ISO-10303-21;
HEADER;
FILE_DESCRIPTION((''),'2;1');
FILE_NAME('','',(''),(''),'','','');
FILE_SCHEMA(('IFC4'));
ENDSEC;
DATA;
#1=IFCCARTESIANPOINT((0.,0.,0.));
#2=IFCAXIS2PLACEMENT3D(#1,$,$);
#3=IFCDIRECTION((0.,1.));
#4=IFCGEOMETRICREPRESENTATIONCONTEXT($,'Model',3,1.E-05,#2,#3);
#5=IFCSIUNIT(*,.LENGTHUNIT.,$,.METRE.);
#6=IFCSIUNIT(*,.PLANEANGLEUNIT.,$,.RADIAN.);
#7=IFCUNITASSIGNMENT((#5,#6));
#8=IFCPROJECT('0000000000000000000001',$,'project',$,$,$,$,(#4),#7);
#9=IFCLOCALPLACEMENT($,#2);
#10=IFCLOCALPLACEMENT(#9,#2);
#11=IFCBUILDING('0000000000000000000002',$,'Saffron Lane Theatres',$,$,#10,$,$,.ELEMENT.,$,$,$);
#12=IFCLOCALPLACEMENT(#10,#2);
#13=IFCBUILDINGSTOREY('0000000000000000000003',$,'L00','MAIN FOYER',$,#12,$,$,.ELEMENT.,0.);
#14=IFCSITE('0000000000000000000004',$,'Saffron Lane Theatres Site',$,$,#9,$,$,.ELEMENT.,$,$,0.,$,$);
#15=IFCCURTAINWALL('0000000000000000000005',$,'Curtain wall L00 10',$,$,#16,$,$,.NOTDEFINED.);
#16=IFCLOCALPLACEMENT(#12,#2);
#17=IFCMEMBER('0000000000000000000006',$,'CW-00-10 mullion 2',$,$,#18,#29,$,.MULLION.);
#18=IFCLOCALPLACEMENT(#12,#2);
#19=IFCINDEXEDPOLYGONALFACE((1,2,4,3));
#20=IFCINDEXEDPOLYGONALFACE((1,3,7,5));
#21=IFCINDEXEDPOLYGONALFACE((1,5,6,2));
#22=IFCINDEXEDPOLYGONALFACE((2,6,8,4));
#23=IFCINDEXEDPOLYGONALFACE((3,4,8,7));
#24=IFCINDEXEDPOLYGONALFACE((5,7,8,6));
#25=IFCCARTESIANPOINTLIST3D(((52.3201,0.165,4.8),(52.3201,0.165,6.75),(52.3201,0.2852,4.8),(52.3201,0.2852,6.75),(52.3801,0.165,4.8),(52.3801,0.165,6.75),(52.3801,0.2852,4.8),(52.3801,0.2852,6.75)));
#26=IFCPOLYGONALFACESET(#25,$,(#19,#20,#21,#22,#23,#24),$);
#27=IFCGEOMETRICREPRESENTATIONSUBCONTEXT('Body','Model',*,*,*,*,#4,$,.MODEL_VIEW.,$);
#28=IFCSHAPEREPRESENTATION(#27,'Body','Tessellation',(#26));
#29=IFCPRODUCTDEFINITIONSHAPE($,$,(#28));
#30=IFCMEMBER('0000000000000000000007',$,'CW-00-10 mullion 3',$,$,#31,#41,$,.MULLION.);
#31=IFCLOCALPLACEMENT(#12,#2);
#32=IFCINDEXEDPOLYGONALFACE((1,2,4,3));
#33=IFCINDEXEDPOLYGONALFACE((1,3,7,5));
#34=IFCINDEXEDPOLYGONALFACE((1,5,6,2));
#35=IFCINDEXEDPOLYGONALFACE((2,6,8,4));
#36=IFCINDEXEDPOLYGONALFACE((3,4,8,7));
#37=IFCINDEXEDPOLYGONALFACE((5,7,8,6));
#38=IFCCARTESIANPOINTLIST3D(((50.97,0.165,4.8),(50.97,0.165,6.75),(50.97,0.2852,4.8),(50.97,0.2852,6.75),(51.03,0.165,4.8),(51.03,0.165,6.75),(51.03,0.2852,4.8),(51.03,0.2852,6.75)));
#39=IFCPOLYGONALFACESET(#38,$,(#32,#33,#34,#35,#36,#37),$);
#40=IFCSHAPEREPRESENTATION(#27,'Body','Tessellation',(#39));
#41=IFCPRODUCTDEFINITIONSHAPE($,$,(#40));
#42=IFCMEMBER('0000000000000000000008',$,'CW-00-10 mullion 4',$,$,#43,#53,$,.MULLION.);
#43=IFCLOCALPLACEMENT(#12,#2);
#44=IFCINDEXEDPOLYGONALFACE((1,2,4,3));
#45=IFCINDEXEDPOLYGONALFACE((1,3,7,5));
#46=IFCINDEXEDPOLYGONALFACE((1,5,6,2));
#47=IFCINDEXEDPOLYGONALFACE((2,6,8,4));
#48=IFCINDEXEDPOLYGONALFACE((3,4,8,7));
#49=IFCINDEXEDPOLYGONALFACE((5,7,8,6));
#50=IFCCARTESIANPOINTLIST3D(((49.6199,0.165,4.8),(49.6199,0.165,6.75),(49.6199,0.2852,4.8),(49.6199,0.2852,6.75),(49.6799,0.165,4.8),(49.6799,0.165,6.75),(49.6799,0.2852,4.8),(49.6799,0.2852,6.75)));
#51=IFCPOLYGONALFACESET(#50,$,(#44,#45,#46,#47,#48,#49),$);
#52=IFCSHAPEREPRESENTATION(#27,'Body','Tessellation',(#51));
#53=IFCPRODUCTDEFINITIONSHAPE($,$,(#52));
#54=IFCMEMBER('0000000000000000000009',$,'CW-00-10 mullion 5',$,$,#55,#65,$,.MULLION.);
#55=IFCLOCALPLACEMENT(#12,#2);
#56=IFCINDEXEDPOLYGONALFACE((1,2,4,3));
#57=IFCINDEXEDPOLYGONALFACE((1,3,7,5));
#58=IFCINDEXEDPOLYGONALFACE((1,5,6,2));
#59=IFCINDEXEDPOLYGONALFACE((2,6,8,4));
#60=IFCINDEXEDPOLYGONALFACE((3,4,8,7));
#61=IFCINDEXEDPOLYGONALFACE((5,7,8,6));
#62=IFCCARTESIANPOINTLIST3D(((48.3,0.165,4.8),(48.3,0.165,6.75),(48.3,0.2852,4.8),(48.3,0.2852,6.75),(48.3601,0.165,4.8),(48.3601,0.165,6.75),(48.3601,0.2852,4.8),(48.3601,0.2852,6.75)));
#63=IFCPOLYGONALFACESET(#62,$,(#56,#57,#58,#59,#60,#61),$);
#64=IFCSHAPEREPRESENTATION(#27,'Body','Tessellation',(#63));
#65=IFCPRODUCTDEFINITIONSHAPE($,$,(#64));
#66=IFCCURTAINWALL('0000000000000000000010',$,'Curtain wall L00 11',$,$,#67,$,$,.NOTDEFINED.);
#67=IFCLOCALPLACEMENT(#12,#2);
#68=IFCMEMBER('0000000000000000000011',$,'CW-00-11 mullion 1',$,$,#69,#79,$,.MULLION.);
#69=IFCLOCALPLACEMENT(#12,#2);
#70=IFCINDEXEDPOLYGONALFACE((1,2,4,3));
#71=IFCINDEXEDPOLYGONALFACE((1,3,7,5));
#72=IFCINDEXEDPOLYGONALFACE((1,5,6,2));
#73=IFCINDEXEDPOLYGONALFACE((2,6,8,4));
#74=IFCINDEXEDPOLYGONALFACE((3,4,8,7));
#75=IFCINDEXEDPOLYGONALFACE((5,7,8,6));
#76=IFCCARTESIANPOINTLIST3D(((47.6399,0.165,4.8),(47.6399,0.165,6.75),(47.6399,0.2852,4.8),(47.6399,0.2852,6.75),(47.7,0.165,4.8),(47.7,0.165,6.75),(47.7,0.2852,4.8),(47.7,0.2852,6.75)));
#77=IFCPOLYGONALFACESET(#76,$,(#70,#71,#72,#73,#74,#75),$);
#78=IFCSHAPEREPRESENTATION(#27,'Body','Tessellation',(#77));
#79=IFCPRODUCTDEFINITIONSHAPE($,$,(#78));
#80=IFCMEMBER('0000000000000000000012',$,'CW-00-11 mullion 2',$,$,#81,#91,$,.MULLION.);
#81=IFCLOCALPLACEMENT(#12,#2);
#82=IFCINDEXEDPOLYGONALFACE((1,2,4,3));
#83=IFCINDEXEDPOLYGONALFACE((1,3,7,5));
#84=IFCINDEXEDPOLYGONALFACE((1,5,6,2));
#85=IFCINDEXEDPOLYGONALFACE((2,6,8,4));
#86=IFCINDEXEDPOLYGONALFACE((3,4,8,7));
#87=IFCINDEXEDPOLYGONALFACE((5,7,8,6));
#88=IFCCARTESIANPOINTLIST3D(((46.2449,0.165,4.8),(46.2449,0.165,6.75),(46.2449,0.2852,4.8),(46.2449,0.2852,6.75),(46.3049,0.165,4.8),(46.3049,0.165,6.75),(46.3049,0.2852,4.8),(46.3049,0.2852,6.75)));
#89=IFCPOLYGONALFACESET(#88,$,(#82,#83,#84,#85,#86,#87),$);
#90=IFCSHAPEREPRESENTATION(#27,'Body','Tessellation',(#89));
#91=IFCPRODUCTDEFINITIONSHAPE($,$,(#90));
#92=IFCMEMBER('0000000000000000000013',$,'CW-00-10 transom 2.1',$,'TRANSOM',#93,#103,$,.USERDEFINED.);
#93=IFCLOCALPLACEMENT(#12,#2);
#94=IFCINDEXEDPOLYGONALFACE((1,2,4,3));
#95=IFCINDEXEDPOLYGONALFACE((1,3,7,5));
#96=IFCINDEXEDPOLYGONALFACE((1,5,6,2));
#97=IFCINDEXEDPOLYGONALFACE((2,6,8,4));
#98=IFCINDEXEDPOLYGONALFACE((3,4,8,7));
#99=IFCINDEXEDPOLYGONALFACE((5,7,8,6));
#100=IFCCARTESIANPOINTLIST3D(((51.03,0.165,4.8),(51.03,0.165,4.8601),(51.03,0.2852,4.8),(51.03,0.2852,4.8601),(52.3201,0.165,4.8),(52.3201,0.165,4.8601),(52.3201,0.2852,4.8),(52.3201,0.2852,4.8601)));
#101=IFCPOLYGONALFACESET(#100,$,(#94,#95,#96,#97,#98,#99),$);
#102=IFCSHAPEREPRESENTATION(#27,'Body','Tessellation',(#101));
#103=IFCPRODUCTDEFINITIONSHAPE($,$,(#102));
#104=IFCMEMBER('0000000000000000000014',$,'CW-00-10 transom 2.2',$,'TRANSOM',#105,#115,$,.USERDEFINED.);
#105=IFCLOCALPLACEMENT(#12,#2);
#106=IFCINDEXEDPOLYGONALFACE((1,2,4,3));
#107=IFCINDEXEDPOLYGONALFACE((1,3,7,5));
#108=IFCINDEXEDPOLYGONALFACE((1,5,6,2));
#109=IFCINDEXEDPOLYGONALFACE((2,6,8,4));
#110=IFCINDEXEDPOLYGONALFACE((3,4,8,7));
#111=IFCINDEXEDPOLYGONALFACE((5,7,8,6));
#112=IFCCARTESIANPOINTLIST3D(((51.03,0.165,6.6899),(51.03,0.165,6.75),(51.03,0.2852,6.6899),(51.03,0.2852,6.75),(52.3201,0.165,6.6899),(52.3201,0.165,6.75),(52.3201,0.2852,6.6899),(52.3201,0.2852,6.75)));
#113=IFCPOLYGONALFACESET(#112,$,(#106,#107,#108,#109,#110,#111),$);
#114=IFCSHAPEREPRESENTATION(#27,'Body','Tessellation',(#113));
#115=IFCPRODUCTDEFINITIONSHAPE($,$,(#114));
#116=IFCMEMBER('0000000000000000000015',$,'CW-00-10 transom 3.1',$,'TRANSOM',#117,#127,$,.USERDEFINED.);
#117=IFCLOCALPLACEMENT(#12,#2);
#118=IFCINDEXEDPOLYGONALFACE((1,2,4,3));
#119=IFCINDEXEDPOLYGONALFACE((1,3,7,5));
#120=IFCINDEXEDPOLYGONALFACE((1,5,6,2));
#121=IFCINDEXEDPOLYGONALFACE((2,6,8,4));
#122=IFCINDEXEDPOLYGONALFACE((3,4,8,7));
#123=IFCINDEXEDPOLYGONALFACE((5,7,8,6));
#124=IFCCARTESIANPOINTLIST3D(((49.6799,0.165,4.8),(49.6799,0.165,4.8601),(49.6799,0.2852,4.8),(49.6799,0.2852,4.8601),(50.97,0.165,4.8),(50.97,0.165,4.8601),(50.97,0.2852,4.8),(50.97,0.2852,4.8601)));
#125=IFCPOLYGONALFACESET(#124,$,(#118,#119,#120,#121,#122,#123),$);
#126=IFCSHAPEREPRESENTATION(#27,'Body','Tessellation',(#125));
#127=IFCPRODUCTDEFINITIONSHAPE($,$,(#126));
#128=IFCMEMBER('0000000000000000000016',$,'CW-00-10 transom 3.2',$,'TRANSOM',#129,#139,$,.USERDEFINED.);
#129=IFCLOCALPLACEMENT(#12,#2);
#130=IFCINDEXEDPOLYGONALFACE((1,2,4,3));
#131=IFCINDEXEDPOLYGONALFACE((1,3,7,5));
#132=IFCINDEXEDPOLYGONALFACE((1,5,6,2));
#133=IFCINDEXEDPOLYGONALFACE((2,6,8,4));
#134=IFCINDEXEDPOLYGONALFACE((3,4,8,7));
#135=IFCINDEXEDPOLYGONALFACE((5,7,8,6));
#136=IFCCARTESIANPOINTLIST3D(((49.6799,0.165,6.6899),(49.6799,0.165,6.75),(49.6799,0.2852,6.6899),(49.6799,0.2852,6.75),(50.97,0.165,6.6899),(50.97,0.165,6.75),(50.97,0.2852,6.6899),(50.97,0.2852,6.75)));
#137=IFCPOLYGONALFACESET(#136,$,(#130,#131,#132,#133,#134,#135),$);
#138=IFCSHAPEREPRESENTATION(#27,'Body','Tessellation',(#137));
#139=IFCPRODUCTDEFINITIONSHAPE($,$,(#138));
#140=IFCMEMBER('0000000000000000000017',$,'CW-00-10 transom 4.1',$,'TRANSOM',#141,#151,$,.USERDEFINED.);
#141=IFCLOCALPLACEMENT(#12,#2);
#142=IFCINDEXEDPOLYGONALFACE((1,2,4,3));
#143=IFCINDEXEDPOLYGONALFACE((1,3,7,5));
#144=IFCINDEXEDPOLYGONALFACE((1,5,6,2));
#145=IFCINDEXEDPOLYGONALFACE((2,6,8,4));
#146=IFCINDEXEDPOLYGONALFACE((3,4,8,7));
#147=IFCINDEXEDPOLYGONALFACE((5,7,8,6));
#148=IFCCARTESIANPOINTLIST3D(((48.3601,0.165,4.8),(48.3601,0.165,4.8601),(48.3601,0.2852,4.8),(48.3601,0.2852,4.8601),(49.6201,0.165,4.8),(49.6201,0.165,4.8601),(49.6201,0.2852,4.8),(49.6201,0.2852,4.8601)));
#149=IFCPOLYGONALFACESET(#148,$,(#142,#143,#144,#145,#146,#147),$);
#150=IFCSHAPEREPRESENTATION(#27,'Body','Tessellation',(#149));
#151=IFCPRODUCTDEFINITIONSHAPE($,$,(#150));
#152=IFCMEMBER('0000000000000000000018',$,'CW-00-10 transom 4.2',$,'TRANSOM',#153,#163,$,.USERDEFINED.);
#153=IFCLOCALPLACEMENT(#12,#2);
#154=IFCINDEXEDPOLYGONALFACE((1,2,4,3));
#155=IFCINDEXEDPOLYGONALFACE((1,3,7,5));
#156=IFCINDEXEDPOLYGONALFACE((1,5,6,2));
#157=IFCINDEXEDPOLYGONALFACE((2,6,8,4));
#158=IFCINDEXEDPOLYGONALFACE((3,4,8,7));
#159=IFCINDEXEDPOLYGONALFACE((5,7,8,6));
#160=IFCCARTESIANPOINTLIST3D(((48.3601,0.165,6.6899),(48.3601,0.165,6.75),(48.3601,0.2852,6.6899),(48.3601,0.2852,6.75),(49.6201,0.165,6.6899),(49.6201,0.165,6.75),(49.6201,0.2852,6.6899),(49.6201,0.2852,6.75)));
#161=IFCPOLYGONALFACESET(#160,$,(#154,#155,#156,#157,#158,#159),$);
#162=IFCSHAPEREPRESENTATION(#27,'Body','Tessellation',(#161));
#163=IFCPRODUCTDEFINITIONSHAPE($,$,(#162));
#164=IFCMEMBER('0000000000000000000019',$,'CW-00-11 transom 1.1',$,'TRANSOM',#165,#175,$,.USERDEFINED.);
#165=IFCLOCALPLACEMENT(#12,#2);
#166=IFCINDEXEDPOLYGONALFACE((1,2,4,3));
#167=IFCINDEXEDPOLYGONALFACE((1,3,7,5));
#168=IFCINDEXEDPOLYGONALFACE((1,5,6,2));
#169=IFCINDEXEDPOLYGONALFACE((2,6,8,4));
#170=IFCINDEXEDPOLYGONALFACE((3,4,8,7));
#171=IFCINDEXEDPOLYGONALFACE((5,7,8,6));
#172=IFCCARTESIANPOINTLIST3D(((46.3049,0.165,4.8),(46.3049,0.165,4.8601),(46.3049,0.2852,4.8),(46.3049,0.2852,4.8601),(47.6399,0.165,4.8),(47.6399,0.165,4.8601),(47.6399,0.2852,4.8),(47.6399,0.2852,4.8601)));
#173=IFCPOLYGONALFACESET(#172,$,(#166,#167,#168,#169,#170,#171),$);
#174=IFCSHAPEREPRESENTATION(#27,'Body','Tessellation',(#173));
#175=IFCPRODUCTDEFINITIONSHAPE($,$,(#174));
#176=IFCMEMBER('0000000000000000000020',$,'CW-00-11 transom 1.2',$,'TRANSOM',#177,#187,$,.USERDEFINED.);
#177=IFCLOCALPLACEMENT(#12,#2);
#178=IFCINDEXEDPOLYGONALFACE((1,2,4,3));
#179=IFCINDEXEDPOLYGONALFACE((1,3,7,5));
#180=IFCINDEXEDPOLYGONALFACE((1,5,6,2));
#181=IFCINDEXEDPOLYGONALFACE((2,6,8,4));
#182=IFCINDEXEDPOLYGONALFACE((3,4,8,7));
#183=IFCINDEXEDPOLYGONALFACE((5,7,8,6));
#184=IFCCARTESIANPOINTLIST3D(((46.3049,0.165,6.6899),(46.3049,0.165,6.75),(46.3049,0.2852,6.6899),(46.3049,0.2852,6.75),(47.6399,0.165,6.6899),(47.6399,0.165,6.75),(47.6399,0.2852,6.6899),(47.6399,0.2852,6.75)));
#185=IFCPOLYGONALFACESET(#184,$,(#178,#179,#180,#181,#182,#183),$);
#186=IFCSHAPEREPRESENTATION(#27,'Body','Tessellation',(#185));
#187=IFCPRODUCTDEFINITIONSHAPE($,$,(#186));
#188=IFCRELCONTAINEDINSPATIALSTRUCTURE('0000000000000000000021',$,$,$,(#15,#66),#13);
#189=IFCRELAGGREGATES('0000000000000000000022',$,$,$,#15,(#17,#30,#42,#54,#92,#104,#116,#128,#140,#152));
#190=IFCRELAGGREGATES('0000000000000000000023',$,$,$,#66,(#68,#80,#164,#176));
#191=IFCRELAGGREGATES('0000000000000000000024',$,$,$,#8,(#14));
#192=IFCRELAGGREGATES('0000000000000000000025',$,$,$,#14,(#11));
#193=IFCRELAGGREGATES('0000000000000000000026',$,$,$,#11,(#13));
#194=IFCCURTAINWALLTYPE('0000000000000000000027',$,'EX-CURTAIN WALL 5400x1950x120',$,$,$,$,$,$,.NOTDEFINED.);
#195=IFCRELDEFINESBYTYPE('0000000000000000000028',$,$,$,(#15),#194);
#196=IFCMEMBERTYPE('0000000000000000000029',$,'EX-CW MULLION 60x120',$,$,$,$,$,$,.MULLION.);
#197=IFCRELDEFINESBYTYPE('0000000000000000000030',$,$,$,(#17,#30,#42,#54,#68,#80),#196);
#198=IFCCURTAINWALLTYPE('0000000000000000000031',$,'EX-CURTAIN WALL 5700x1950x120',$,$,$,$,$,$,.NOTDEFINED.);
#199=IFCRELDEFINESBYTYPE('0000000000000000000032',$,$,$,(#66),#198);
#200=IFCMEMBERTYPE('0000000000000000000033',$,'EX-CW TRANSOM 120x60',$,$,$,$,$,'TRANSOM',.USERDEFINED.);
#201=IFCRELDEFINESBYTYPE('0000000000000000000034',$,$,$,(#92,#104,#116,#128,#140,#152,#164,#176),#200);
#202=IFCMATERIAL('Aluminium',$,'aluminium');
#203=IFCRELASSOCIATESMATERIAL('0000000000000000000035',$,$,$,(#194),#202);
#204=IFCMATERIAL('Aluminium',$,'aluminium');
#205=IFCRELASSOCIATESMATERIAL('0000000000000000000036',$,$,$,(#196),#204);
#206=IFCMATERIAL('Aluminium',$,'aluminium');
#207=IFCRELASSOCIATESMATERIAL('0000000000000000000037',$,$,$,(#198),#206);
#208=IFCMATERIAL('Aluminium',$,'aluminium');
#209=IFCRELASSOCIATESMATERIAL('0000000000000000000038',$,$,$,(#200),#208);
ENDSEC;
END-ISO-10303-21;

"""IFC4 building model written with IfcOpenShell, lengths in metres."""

from ifc_helpers import new_model, si_unit, direction, frame, origin, origin_2d, place, context, subcontext, project, spatial, rectangle, extrude, material, material_profile, profile_set, type_object, element, aggregate, save


model = new_model("IFC4")

# Units and contexts
model_context = context("Model", 3, precision=1e-05, world=origin(), true_north=direction((0.0, 1.0)))
body_context = subcontext(model_context, "Body", "Model", "MODEL_VIEW")
ifc_project = project(units=[si_unit("LENGTHUNIT", "METRE"), si_unit("PLANEANGLEUNIT", "RADIAN")], contexts=[model_context])

# Site, building, storey
site_placement = place(None, origin())
site = spatial("IfcSite", under=ifc_project, at=site_placement, Name="Saffron Lane Theatres Site", CompositionType="ELEMENT", RefElevation=0.0)
building_placement = place(site_placement, origin())
building = spatial("IfcBuilding", under=site, at=building_placement, Name="Saffron Lane Theatres", CompositionType="ELEMENT")
storey_placement = place(building_placement, origin())
storey = spatial("IfcBuildingStorey", under=building, at=storey_placement, Name="L00", Description="MAIN FOYER", CompositionType="ELEMENT", Elevation=0.0)

# Curtain walls, members
ifc_material_1 = material(Name="Aluminium", Category="aluminium")
curtain_wall_type_1 = type_object("IfcCurtainWallType", Name="EX-CURTAIN WALL 5400x1950x120", PredefinedType="NOTDEFINED", material=ifc_material_1)
curtain_wall_1_placement = place(storey_placement, origin())
curtain_wall_1 = element("IfcCurtainWall", 1, at=curtain_wall_1_placement, inside=storey, type_object=curtain_wall_type_1, Name="Curtain wall L00 10", PredefinedType="NOTDEFINED")
ifc_material_2 = material(Name="Aluminium", Category="aluminium")
ifc_material_profile_1 = material_profile(ifc_material_2, rectangle(XDim=0.0601, YDim=0.1201, at=origin_2d()))
ifc_profile_set_1 = profile_set([ifc_material_profile_1], Name="Aluminium")
member_type_1 = type_object("IfcMemberType", Name="EX-CW MULLION 60x120", PredefinedType="MULLION", material=ifc_profile_set_1)
member_1_placement = place(storey_placement, frame((52.3501, 0.2251, 4.8), z_axis=(0.0, 0.0, 1.0), x_axis=(-1.0, 0.0, 0.0)))
member_1 = element("IfcMember", 2, at=member_1_placement, type_object=member_type_1, Name="CW-00-10 mullion 2", PredefinedType="MULLION", context=body_context, shape_type="SweptSolid", body=[
    extrude(rectangle(XDim=0.0601, YDim=0.1201, at=origin_2d()), origin(), (0.0, 0.0, 1.0), 1.95),
])
member_2_placement = place(storey_placement, frame((51.0, 0.2251, 4.8), z_axis=(0.0, 0.0, 1.0), x_axis=(-1.0, 0.0, 0.0)))
member_2 = element("IfcMember", 3, at=member_2_placement, type_object=member_type_1, Name="CW-00-10 mullion 3", PredefinedType="MULLION", context=body_context, shape_type="SweptSolid", body=[
    extrude(rectangle(XDim=0.0601, YDim=0.1201, at=origin_2d()), origin(), (0.0, 0.0, 1.0), 1.95),
])
member_3_placement = place(storey_placement, frame((49.6499, 0.2251, 4.8), z_axis=(0.0, 0.0, 1.0), x_axis=(-1.0, 0.0, 0.0)))
member_3 = element("IfcMember", 4, at=member_3_placement, type_object=member_type_1, Name="CW-00-10 mullion 4", PredefinedType="MULLION", context=body_context, shape_type="SweptSolid", body=[
    extrude(rectangle(XDim=0.0601, YDim=0.1201, at=origin_2d()), origin(), (0.0, 0.0, 1.0), 1.95),
])
member_4_placement = place(storey_placement, frame((48.3301, 0.2251, 4.8), z_axis=(0.0, 0.0, 1.0), x_axis=(-1.0, 0.0, 0.0)))
member_4 = element("IfcMember", 5, at=member_4_placement, type_object=member_type_1, Name="CW-00-10 mullion 5", PredefinedType="MULLION", context=body_context, shape_type="SweptSolid", body=[
    extrude(rectangle(XDim=0.0601, YDim=0.1201, at=origin_2d()), origin(), (0.0, 0.0, 1.0), 1.95),
])
ifc_material_3 = material(Name="Aluminium", Category="aluminium")
curtain_wall_type_2 = type_object("IfcCurtainWallType", Name="EX-CURTAIN WALL 5700x1950x120", PredefinedType="NOTDEFINED", material=ifc_material_3)
curtain_wall_2_placement = place(storey_placement, origin())
curtain_wall_2 = element("IfcCurtainWall", 6, at=curtain_wall_2_placement, inside=storey, type_object=curtain_wall_type_2, Name="Curtain wall L00 11", PredefinedType="NOTDEFINED")
member_5_placement = place(storey_placement, frame((47.6699, 0.2251, 4.8), z_axis=(0.0, 0.0, 1.0), x_axis=(-1.0, 0.0, 0.0)))
member_5 = element("IfcMember", 7, at=member_5_placement, type_object=member_type_1, Name="CW-00-11 mullion 1", PredefinedType="MULLION", context=body_context, shape_type="SweptSolid", body=[
    extrude(rectangle(XDim=0.0601, YDim=0.1201, at=origin_2d()), origin(), (0.0, 0.0, 1.0), 1.95),
])
member_6_placement = place(storey_placement, frame((46.2749, 0.2251, 4.8), z_axis=(0.0, 0.0, 1.0), x_axis=(-1.0, 0.0, 0.0)))
member_6 = element("IfcMember", 8, at=member_6_placement, type_object=member_type_1, Name="CW-00-11 mullion 2", PredefinedType="MULLION", context=body_context, shape_type="SweptSolid", body=[
    extrude(rectangle(XDim=0.0601, YDim=0.1201, at=origin_2d()), origin(), (0.0, 0.0, 1.0), 1.95),
])

# Members
ifc_material_4 = material(Name="Aluminium", Category="aluminium")
ifc_material_profile_2 = material_profile(ifc_material_4, rectangle(XDim=0.1201, YDim=0.0601, at=origin_2d()))
ifc_profile_set_2 = profile_set([ifc_material_profile_2], Name="Aluminium")
member_type_2 = type_object("IfcMemberType", Name="EX-CW TRANSOM 120x60", ElementType="TRANSOM", PredefinedType="USERDEFINED", material=ifc_profile_set_2)
member_7_placement = place(storey_placement, frame((52.3201, 0.2251, 4.8301), z_axis=(-1.0, 0.0, 0.0), x_axis=(0.0, -1.0, 0.0)))
member_7 = element("IfcMember", 9, at=member_7_placement, type_object=member_type_2, Name="CW-00-10 transom 2.1", ObjectType="TRANSOM", PredefinedType="USERDEFINED", context=body_context, shape_type="SweptSolid", body=[
    extrude(rectangle(XDim=0.1201, YDim=0.0601, at=origin_2d()), origin(), (0.0, 0.0, 1.0), 1.29),
])
member_8_placement = place(storey_placement, frame((52.3201, 0.2251, 6.72), z_axis=(-1.0, 0.0, 0.0), x_axis=(0.0, -1.0, 0.0)))
member_8 = element("IfcMember", 10, at=member_8_placement, type_object=member_type_2, Name="CW-00-10 transom 2.2", ObjectType="TRANSOM", PredefinedType="USERDEFINED", context=body_context, shape_type="SweptSolid", body=[
    extrude(rectangle(XDim=0.1201, YDim=0.0601, at=origin_2d()), origin(), (0.0, 0.0, 1.0), 1.29),
])
member_9_placement = place(storey_placement, frame((50.97, 0.2251, 4.8301), z_axis=(-1.0, 0.0, 0.0), x_axis=(0.0, -1.0, 0.0)))
member_9 = element("IfcMember", 11, at=member_9_placement, type_object=member_type_2, Name="CW-00-10 transom 3.1", ObjectType="TRANSOM", PredefinedType="USERDEFINED", context=body_context, shape_type="SweptSolid", body=[
    extrude(rectangle(XDim=0.1201, YDim=0.0601, at=origin_2d()), origin(), (0.0, 0.0, 1.0), 1.29),
])
member_10_placement = place(storey_placement, frame((50.97, 0.2251, 6.72), z_axis=(-1.0, 0.0, 0.0), x_axis=(0.0, -1.0, 0.0)))
member_10 = element("IfcMember", 12, at=member_10_placement, type_object=member_type_2, Name="CW-00-10 transom 3.2", ObjectType="TRANSOM", PredefinedType="USERDEFINED", context=body_context, shape_type="SweptSolid", body=[
    extrude(rectangle(XDim=0.1201, YDim=0.0601, at=origin_2d()), origin(), (0.0, 0.0, 1.0), 1.29),
])
member_11_placement = place(storey_placement, frame((49.6201, 0.2251, 4.8301), z_axis=(-1.0, 0.0, 0.0), x_axis=(0.0, -1.0, 0.0)))
member_11 = element("IfcMember", 13, at=member_11_placement, type_object=member_type_2, Name="CW-00-10 transom 4.1", ObjectType="TRANSOM", PredefinedType="USERDEFINED", context=body_context, shape_type="SweptSolid", body=[
    extrude(rectangle(XDim=0.1201, YDim=0.0601, at=origin_2d()), origin(), (0.0, 0.0, 1.0), 1.26),
])
member_12_placement = place(storey_placement, frame((49.6201, 0.2251, 6.72), z_axis=(-1.0, 0.0, 0.0), x_axis=(0.0, -1.0, 0.0)))
member_12 = element("IfcMember", 14, at=member_12_placement, type_object=member_type_2, Name="CW-00-10 transom 4.2", ObjectType="TRANSOM", PredefinedType="USERDEFINED", context=body_context, shape_type="SweptSolid", body=[
    extrude(rectangle(XDim=0.1201, YDim=0.0601, at=origin_2d()), origin(), (0.0, 0.0, 1.0), 1.26),
])
member_13_placement = place(storey_placement, frame((47.6399, 0.2251, 4.8301), z_axis=(-1.0, 0.0, 0.0), x_axis=(0.0, -1.0, 0.0)))
member_13 = element("IfcMember", 15, at=member_13_placement, type_object=member_type_2, Name="CW-00-11 transom 1.1", ObjectType="TRANSOM", PredefinedType="USERDEFINED", context=body_context, shape_type="SweptSolid", body=[
    extrude(rectangle(XDim=0.1201, YDim=0.0601, at=origin_2d()), origin(), (0.0, 0.0, 1.0), 1.335),
])
member_14_placement = place(storey_placement, frame((47.6399, 0.2251, 6.72), z_axis=(-1.0, 0.0, 0.0), x_axis=(0.0, -1.0, 0.0)))
member_14 = element("IfcMember", 16, at=member_14_placement, type_object=member_type_2, Name="CW-00-11 transom 1.2", ObjectType="TRANSOM", PredefinedType="USERDEFINED", context=body_context, shape_type="SweptSolid", body=[
    extrude(rectangle(XDim=0.1201, YDim=0.0601, at=origin_2d()), origin(), (0.0, 0.0, 1.0), 1.335),
])

aggregate(curtain_wall_1, [member_1, member_2, member_3, member_4, member_7, member_8, member_9, member_10, member_11, member_12])
aggregate(curtain_wall_2, [member_5, member_6, member_13, member_14])

save(model, "model.ifc")
